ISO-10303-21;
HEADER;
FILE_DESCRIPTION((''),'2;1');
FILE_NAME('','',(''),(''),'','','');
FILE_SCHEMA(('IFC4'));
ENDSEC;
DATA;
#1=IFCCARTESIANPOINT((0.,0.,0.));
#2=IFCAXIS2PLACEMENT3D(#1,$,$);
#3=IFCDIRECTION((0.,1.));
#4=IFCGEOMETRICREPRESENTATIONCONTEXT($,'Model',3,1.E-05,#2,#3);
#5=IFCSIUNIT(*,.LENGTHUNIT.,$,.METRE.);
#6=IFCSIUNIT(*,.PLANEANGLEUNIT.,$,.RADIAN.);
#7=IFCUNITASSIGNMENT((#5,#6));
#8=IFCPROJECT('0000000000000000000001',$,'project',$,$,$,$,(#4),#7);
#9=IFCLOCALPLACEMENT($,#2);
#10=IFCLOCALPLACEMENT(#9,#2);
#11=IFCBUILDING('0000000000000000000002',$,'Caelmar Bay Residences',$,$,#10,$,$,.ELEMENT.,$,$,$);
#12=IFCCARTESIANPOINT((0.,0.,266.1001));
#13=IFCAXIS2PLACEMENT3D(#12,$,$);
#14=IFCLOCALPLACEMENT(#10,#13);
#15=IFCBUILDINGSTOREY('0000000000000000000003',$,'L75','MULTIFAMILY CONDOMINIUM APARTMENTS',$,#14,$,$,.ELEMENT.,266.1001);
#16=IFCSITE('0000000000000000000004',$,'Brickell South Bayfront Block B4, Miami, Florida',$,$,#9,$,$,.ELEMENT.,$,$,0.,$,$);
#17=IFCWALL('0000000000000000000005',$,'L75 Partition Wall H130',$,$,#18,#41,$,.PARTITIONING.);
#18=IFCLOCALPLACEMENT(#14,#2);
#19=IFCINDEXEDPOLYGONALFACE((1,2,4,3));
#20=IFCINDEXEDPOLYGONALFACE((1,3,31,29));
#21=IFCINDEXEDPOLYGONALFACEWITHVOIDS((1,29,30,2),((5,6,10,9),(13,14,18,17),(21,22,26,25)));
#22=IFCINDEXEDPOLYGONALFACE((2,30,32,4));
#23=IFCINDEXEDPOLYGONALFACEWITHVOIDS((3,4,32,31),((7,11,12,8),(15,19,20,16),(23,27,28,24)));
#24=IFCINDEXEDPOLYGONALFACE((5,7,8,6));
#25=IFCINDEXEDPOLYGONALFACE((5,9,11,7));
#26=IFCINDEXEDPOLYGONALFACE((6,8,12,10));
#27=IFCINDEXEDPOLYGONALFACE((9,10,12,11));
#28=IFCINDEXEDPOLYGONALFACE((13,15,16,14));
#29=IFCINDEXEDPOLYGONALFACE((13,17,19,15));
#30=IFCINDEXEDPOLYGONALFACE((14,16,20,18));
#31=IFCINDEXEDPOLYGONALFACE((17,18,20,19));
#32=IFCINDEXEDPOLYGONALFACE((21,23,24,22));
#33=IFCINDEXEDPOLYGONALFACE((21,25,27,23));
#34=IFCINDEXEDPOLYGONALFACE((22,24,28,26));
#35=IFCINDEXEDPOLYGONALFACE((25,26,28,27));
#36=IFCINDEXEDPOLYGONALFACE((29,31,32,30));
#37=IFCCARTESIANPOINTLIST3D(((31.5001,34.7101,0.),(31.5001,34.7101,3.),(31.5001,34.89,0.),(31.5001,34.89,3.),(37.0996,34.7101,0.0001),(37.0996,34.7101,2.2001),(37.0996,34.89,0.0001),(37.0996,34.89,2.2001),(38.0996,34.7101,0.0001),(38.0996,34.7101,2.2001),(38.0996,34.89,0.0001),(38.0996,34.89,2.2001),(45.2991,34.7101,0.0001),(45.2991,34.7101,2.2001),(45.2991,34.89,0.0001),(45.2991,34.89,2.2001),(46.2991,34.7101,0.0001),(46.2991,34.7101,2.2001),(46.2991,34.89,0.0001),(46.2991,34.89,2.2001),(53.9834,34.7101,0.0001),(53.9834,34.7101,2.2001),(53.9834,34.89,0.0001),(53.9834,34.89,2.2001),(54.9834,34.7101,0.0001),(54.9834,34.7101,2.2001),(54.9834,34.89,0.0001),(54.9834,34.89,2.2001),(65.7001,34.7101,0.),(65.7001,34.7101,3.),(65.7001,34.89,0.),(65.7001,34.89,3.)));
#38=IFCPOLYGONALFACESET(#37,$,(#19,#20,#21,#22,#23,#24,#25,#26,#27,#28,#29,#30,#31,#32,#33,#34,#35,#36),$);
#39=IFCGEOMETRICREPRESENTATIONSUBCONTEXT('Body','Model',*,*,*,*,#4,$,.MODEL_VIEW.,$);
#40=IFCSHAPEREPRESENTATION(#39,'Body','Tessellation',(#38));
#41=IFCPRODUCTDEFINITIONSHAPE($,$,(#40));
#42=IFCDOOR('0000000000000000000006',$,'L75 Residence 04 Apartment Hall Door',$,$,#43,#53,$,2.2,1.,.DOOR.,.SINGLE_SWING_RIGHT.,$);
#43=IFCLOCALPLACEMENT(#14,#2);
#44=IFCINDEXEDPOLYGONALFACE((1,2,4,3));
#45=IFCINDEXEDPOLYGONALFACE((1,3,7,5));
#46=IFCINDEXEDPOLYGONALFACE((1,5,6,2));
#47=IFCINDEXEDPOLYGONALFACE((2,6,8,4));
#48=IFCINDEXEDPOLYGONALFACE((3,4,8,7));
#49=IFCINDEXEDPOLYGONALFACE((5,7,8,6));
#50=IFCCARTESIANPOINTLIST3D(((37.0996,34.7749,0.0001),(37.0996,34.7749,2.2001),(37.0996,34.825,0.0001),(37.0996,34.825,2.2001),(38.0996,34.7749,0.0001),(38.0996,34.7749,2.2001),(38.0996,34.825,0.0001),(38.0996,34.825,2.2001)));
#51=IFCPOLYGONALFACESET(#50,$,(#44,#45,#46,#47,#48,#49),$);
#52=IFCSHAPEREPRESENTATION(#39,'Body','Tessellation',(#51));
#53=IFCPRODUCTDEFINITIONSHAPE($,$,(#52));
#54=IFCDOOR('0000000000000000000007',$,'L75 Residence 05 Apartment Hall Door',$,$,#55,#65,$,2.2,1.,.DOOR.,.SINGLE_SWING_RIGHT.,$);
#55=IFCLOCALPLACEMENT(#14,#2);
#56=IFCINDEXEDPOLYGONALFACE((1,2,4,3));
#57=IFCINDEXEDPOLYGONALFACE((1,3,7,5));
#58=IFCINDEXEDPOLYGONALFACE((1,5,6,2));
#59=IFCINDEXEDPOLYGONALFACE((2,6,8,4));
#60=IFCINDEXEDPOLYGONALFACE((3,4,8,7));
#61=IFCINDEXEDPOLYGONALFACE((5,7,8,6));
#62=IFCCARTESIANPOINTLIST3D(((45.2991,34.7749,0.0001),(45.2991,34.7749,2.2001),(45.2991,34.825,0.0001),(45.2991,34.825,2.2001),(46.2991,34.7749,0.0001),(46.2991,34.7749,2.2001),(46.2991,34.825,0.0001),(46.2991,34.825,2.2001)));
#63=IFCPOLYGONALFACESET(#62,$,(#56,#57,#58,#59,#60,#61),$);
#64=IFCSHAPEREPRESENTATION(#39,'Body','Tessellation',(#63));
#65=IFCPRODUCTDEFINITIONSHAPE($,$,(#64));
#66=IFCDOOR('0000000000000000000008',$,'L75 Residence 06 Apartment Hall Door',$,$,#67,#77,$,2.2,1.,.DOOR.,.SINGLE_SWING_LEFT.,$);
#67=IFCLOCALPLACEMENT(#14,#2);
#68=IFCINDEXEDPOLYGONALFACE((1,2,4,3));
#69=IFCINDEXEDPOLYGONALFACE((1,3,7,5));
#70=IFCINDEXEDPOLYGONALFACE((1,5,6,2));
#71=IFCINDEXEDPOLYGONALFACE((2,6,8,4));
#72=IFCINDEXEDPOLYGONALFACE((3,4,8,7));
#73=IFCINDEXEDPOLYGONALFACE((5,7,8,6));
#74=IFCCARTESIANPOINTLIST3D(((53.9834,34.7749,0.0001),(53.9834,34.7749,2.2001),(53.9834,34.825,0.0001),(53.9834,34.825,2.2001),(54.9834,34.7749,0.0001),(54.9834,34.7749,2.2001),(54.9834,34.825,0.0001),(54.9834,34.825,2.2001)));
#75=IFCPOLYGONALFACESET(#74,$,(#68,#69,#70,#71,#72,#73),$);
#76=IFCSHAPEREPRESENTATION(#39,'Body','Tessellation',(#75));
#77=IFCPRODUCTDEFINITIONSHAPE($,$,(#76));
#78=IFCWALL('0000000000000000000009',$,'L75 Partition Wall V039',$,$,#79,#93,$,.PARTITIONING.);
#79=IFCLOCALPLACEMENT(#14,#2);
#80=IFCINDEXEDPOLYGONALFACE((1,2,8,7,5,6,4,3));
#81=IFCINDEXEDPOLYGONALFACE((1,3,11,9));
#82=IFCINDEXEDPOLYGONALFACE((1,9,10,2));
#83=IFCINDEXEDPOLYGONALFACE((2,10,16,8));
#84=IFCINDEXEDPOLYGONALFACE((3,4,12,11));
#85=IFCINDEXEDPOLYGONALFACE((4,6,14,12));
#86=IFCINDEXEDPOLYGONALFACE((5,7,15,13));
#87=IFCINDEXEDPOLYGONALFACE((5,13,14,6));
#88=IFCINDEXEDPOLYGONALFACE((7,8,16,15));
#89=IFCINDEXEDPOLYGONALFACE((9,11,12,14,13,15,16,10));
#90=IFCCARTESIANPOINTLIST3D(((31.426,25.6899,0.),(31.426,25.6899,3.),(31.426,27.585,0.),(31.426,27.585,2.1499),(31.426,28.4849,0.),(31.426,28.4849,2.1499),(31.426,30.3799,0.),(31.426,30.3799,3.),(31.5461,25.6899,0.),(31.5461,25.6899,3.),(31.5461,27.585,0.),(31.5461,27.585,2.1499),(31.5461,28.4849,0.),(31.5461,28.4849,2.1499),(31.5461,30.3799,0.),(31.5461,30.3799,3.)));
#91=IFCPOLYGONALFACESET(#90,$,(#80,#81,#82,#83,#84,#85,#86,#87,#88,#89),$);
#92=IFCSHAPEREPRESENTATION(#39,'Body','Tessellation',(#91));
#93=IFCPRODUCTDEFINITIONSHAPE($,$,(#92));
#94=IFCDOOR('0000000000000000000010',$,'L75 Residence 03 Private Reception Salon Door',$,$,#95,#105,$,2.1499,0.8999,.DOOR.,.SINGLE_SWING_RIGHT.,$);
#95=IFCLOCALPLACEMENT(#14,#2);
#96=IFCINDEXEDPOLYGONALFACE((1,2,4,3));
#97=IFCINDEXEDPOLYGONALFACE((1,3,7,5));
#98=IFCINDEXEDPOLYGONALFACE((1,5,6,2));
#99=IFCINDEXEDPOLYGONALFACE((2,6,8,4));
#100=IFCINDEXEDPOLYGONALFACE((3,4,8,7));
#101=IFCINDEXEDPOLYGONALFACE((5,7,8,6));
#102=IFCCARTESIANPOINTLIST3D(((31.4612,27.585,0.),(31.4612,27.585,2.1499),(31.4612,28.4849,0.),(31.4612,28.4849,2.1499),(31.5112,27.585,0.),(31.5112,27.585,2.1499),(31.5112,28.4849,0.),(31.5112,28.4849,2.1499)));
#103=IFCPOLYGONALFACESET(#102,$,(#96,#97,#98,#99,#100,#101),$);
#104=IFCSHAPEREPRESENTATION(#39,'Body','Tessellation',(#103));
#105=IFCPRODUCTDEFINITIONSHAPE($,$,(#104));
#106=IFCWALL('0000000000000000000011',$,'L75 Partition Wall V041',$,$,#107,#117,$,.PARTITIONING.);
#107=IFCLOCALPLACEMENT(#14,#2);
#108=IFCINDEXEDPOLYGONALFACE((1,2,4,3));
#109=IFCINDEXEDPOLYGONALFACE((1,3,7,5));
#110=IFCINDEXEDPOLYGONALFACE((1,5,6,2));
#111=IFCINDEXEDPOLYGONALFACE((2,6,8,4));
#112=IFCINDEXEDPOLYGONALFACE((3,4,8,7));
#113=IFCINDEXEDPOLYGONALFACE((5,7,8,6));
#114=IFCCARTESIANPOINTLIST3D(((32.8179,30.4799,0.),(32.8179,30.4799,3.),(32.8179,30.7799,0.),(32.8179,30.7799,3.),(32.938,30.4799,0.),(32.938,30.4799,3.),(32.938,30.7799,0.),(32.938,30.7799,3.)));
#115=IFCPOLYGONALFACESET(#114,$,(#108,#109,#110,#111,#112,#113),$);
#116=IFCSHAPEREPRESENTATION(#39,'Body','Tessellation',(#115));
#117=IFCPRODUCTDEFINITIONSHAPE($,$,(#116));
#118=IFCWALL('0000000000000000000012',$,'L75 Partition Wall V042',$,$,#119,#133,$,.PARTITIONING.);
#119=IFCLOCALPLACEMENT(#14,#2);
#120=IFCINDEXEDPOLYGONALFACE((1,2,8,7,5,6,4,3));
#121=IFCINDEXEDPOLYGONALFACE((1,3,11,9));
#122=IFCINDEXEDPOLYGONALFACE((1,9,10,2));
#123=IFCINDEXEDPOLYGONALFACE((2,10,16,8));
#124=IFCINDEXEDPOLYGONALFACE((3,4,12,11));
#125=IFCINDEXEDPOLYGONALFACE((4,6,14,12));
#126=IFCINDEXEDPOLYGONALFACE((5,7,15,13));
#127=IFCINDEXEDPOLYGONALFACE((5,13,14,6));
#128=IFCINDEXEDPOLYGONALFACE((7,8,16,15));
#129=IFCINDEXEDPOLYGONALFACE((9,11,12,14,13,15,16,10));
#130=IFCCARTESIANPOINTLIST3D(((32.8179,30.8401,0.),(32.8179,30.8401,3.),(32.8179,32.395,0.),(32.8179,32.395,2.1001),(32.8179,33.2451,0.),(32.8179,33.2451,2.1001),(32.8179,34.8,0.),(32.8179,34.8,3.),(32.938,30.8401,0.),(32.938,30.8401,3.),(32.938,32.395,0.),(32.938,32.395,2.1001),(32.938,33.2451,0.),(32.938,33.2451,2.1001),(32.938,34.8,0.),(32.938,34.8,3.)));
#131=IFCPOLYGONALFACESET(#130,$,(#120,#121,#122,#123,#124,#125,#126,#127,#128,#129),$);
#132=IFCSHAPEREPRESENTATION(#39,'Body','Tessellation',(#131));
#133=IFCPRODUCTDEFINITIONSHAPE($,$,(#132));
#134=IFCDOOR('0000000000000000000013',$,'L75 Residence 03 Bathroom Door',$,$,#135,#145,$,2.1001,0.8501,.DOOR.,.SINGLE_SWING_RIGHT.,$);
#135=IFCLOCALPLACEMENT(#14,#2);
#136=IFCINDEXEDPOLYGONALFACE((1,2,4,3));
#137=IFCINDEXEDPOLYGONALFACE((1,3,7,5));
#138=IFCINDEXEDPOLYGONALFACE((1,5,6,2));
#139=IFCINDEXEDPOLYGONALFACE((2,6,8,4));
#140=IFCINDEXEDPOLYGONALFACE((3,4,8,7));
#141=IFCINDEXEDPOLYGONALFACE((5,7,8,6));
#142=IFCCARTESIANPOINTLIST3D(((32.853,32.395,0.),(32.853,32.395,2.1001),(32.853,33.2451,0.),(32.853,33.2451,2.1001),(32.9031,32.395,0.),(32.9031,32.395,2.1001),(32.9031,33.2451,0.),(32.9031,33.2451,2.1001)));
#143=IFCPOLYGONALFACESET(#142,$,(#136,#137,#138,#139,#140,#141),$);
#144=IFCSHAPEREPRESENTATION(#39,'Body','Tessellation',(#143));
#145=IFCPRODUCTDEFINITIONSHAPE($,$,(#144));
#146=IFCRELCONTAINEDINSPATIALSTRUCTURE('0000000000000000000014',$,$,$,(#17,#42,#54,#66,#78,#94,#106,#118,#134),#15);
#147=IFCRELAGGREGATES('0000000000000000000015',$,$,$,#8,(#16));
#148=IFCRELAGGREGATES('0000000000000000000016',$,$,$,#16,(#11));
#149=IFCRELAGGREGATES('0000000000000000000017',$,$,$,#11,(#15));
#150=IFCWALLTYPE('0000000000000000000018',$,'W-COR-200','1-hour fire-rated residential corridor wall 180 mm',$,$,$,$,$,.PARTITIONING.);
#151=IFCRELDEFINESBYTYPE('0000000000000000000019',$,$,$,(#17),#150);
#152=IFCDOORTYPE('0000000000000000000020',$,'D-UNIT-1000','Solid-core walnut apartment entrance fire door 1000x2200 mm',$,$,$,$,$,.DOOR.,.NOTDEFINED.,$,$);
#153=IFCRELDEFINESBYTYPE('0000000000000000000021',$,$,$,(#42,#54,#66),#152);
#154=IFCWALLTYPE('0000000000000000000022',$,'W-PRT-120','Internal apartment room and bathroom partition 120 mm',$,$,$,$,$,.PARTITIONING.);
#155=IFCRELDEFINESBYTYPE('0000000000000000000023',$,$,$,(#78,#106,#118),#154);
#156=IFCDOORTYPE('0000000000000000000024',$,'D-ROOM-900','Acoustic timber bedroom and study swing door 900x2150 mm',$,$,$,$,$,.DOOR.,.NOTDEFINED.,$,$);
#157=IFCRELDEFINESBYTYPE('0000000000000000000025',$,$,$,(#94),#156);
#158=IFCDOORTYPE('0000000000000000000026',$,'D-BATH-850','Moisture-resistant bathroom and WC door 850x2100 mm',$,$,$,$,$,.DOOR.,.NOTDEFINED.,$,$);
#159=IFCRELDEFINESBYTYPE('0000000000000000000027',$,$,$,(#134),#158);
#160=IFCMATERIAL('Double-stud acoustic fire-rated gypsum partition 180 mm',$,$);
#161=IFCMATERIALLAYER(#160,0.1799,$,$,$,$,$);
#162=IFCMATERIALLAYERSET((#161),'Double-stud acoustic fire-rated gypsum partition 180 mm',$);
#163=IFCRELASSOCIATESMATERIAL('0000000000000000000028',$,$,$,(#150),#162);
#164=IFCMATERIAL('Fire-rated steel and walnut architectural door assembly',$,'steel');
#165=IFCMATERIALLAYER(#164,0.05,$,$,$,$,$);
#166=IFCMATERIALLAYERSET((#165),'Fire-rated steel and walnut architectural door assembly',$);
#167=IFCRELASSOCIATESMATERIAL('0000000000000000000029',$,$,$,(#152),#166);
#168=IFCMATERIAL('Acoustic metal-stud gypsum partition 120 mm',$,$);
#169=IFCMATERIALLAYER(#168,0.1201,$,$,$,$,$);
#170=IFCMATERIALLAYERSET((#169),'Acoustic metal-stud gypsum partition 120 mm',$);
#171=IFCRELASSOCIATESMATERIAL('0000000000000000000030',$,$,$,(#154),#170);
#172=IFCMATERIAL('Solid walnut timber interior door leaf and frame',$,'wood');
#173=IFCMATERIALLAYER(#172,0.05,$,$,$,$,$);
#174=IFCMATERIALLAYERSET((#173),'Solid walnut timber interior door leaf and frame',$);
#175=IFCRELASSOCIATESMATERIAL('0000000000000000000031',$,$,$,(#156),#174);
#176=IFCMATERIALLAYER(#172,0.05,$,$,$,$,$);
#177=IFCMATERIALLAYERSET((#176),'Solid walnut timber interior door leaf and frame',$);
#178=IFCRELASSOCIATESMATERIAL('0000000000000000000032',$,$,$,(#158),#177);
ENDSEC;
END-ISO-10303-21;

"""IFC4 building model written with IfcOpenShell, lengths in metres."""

from ifc_helpers import new_model, si_unit, direction, frame, frame_2d, origin, place, context, subcontext, project, spatial, rectangle, extrude, material, layer, layer_set, type_object, element, fill, save


model = new_model("IFC4")

# Units and contexts
model_context = context("Model", 3, precision=1e-05, world=origin(), true_north=direction((0.0, 1.0)))
body_context = subcontext(model_context, "Body", "Model", "MODEL_VIEW")
ifc_project = project(units=[si_unit("LENGTHUNIT", "METRE"), si_unit("PLANEANGLEUNIT", "RADIAN")], contexts=[model_context])

# Site, building, storey
site_placement = place(None, origin())
site = spatial("IfcSite", under=ifc_project, at=site_placement, Name="Brickell South Bayfront Block B4, Miami, Florida", CompositionType="ELEMENT", RefElevation=0.0)
building_placement = place(site_placement, origin())
building = spatial("IfcBuilding", under=site, at=building_placement, Name="Caelmar Bay Residences", CompositionType="ELEMENT")
storey_placement = place(building_placement, frame((0.0, 0.0, 266.1001)))
storey = spatial("IfcBuildingStorey", under=building, at=storey_placement, Name="L75", Description="MULTIFAMILY CONDOMINIUM APARTMENTS", CompositionType="ELEMENT", Elevation=266.1001)

# Wall, openings, doors
ifc_material_1 = material(Name="Double-stud acoustic fire-rated gypsum partition 180 mm")
ifc_layer_1 = layer(ifc_material_1, 0.1799)
ifc_layer_set_1 = layer_set([ifc_layer_1], Name="Double-stud acoustic fire-rated gypsum partition 180 mm")
wall_type_1 = type_object("IfcWallType", Name="W-COR-200", Description="1-hour fire-rated residential corridor wall 180 mm", PredefinedType="PARTITIONING", material=ifc_layer_set_1)
wall_1_placement = place(storey_placement, frame((31.5, 34.8, 0.0), z_axis=(0.0, 0.0, 1.0), x_axis=(1.0, 0.0, 0.0)))
wall_1 = element("IfcWall", 1, at=wall_1_placement, inside=storey, type_object=wall_type_1, Name="L75 Partition Wall H130", PredefinedType="PARTITIONING", context=body_context, shape_type="SweptSolid", body=[
    extrude(rectangle(XDim=34.2, YDim=0.1799, at=frame_2d((17.1001, 0.0))), origin(), (0.0, 0.0, 1.0), 3.0),
])
opening_1_placement = place(wall_1_placement, frame((5.5996, 0.0, 0.0)))
opening_1 = element("IfcOpeningElement", 2, at=opening_1_placement, cuts=wall_1, PredefinedType="OPENING", context=body_context, shape_type="SweptSolid", body=[
    extrude(rectangle(XDim=1.0, YDim=2.2, at=frame_2d((0.5, 1.1001))), frame((0.0, 0.0999, 0.0), z_axis=(0.0, -1.0, 0.0), x_axis=(1.0, 0.0, 0.0)), (0.0, 0.0, 1.0), 0.2),
])
opening_2_placement = place(wall_1_placement, frame((13.7991, 0.0, 0.0)))
opening_2 = element("IfcOpeningElement", 3, at=opening_2_placement, cuts=wall_1, PredefinedType="OPENING", context=body_context, shape_type="SweptSolid", body=[
    extrude(rectangle(XDim=1.0, YDim=2.2, at=frame_2d((0.5, 1.1001))), frame((0.0, 0.0999, 0.0), z_axis=(0.0, -1.0, 0.0), x_axis=(1.0, 0.0, 0.0)), (0.0, 0.0, 1.0), 0.2),
])
opening_3_placement = place(wall_1_placement, frame((22.4834, 0.0, 0.0)))
opening_3 = element("IfcOpeningElement", 4, at=opening_3_placement, cuts=wall_1, PredefinedType="OPENING", context=body_context, shape_type="SweptSolid", body=[
    extrude(rectangle(XDim=1.0, YDim=2.2, at=frame_2d((0.5, 1.1001))), frame((0.0, 0.0999, 0.0), z_axis=(0.0, -1.0, 0.0), x_axis=(1.0, 0.0, 0.0)), (0.0, 0.0, 1.0), 0.2),
])
ifc_material_2 = material(Name="Fire-rated steel and walnut architectural door assembly", Category="steel")
ifc_layer_2 = layer(ifc_material_2, 0.05)
ifc_layer_set_2 = layer_set([ifc_layer_2], Name="Fire-rated steel and walnut architectural door assembly")
door_type_1 = type_object("IfcDoorType", Name="D-UNIT-1000", Description="Solid-core walnut apartment entrance fire door 1000x2200 mm", OperationType="NOTDEFINED", PredefinedType="DOOR", material=ifc_layer_set_2)
door_1_placement = place(opening_1_placement, origin())
door_1 = element("IfcDoor", 5, at=door_1_placement, inside=storey, type_object=door_type_1, Name="L75 Residence 04 Apartment Hall Door", OperationType="SINGLE_SWING_RIGHT", OverallHeight=2.2, OverallWidth=1.0, PredefinedType="DOOR", context=body_context, shape_type="SweptSolid", body=[
    extrude(rectangle(XDim=1.0, YDim=2.2, at=frame_2d((0.5, 1.1001))), frame((0.0, 0.0249, 0.0), z_axis=(0.0, -1.0, 0.0), x_axis=(1.0, 0.0, 0.0)), (0.0, 0.0, 1.0), 0.05),
])
fill(opening_1, door_1)
door_2_placement = place(opening_2_placement, origin())
door_2 = element("IfcDoor", 6, at=door_2_placement, inside=storey, type_object=door_type_1, Name="L75 Residence 05 Apartment Hall Door", OperationType="SINGLE_SWING_RIGHT", OverallHeight=2.2, OverallWidth=1.0, PredefinedType="DOOR", context=body_context, shape_type="SweptSolid", body=[
    extrude(rectangle(XDim=1.0, YDim=2.2, at=frame_2d((0.5, 1.1001))), frame((0.0, 0.0249, 0.0), z_axis=(0.0, -1.0, 0.0), x_axis=(1.0, 0.0, 0.0)), (0.0, 0.0, 1.0), 0.05),
])
fill(opening_2, door_2)
door_3_placement = place(opening_3_placement, origin())
door_3 = element("IfcDoor", 7, at=door_3_placement, inside=storey, type_object=door_type_1, Name="L75 Residence 06 Apartment Hall Door", OperationType="SINGLE_SWING_LEFT", OverallHeight=2.2, OverallWidth=1.0, PredefinedType="DOOR", context=body_context, shape_type="SweptSolid", body=[
    extrude(rectangle(XDim=1.0, YDim=2.2, at=frame_2d((0.5, 1.1001))), frame((0.0, 0.0249, 0.0), z_axis=(0.0, -1.0, 0.0), x_axis=(1.0, 0.0, 0.0)), (0.0, 0.0, 1.0), 0.05),
])
fill(opening_3, door_3)

# Wall, opening, door
ifc_material_3 = material(Name="Acoustic metal-stud gypsum partition 120 mm")
ifc_layer_3 = layer(ifc_material_3, 0.1201)
ifc_layer_set_3 = layer_set([ifc_layer_3], Name="Acoustic metal-stud gypsum partition 120 mm")
wall_type_2 = type_object("IfcWallType", Name="W-PRT-120", Description="Internal apartment room and bathroom partition 120 mm", PredefinedType="PARTITIONING", material=ifc_layer_set_3)
wall_2_placement = place(storey_placement, frame((31.4861, 25.6899, 0.0), z_axis=(0.0, 0.0, 1.0), x_axis=(0.0, 1.0, 0.0)))
wall_2 = element("IfcWall", 8, at=wall_2_placement, inside=storey, type_object=wall_type_2, Name="L75 Partition Wall V039", PredefinedType="PARTITIONING", context=body_context, shape_type="SweptSolid", body=[
    extrude(rectangle(XDim=4.6899, YDim=0.1201, at=frame_2d((2.345, 0.0))), origin(), (0.0, 0.0, 1.0), 3.0),
])
opening_4_placement = place(wall_2_placement, frame((1.895, 0.0, 0.0)))
opening_4 = element("IfcOpeningElement", 9, at=opening_4_placement, cuts=wall_2, PredefinedType="OPENING", context=body_context, shape_type="SweptSolid", body=[
    extrude(rectangle(XDim=0.8999, YDim=2.1499, at=frame_2d((0.45, 1.075))), frame((0.0, 0.0701, 0.0), z_axis=(0.0, -1.0, 0.0), x_axis=(1.0, 0.0, 0.0)), (0.0, 0.0, 1.0), 0.1401),
])
ifc_material_4 = material(Name="Solid walnut timber interior door leaf and frame", Category="wood")
ifc_layer_4 = layer(ifc_material_4, 0.05)
ifc_layer_set_4 = layer_set([ifc_layer_4], Name="Solid walnut timber interior door leaf and frame")
door_type_2 = type_object("IfcDoorType", Name="D-ROOM-900", Description="Acoustic timber bedroom and study swing door 900x2150 mm", OperationType="NOTDEFINED", PredefinedType="DOOR", material=ifc_layer_set_4)
door_4_placement = place(opening_4_placement, origin())
door_4 = element("IfcDoor", 10, at=door_4_placement, inside=storey, type_object=door_type_2, Name="L75 Residence 03 Private Reception Salon Door", OperationType="SINGLE_SWING_RIGHT", OverallHeight=2.1499, OverallWidth=0.8999, PredefinedType="DOOR", context=body_context, shape_type="SweptSolid", body=[
    extrude(rectangle(XDim=0.8999, YDim=2.1499, at=frame_2d((0.45, 1.075))), frame((0.0, 0.0249, 0.0), z_axis=(0.0, -1.0, 0.0), x_axis=(1.0, 0.0, 0.0)), (0.0, 0.0, 1.0), 0.05),
])
fill(opening_4, door_4)

# Wall
wall_3_placement = place(storey_placement, frame((32.8779, 30.48, 0.0), z_axis=(0.0, 0.0, 1.0), x_axis=(0.0, 1.0, 0.0)))
element("IfcWall", 11, at=wall_3_placement, inside=storey, type_object=wall_type_2, Name="L75 Partition Wall V041", PredefinedType="PARTITIONING", context=body_context, shape_type="SweptSolid", body=[
    extrude(rectangle(XDim=0.3, YDim=0.1201, at=frame_2d((0.1499, 0.0))), origin(), (0.0, 0.0, 1.0), 3.0),
])

# Wall, opening, door
wall_4_placement = place(storey_placement, frame((32.8779, 30.8401, 0.0), z_axis=(0.0, 0.0, 1.0), x_axis=(0.0, 1.0, 0.0)))
wall_4 = element("IfcWall", 12, at=wall_4_placement, inside=storey, type_object=wall_type_2, Name="L75 Partition Wall V042", PredefinedType="PARTITIONING", context=body_context, shape_type="SweptSolid", body=[
    extrude(rectangle(XDim=3.96, YDim=0.1201, at=frame_2d((1.98, 0.0))), origin(), (0.0, 0.0, 1.0), 3.0),
])
opening_5_placement = place(wall_4_placement, frame((1.5549, 0.0, 0.0)))
opening_5 = element("IfcOpeningElement", 13, at=opening_5_placement, cuts=wall_4, PredefinedType="OPENING", context=body_context, shape_type="SweptSolid", body=[
    extrude(rectangle(XDim=0.8501, YDim=2.1001, at=frame_2d((0.425, 1.05))), frame((0.0, 0.0701, 0.0), z_axis=(0.0, -1.0, 0.0), x_axis=(1.0, 0.0, 0.0)), (0.0, 0.0, 1.0), 0.1401),
])
ifc_layer_5 = layer(ifc_material_4, 0.05)
ifc_layer_set_5 = layer_set([ifc_layer_5], Name="Solid walnut timber interior door leaf and frame")
door_type_3 = type_object("IfcDoorType", Name="D-BATH-850", Description="Moisture-resistant bathroom and WC door 850x2100 mm", OperationType="NOTDEFINED", PredefinedType="DOOR", material=ifc_layer_set_5)
door_5_placement = place(opening_5_placement, origin())
door_5 = element("IfcDoor", 14, at=door_5_placement, inside=storey, type_object=door_type_3, Name="L75 Residence 03 Bathroom Door", OperationType="SINGLE_SWING_RIGHT", OverallHeight=2.1001, OverallWidth=0.8501, PredefinedType="DOOR", context=body_context, shape_type="SweptSolid", body=[
    extrude(rectangle(XDim=0.8501, YDim=2.1001, at=frame_2d((0.425, 1.05))), frame((0.0, 0.0249, 0.0), z_axis=(0.0, -1.0, 0.0), x_axis=(1.0, 0.0, 0.0)), (0.0, 0.0, 1.0), 0.05),
])
fill(opening_5, door_5)

save(model, "model.ifc")
